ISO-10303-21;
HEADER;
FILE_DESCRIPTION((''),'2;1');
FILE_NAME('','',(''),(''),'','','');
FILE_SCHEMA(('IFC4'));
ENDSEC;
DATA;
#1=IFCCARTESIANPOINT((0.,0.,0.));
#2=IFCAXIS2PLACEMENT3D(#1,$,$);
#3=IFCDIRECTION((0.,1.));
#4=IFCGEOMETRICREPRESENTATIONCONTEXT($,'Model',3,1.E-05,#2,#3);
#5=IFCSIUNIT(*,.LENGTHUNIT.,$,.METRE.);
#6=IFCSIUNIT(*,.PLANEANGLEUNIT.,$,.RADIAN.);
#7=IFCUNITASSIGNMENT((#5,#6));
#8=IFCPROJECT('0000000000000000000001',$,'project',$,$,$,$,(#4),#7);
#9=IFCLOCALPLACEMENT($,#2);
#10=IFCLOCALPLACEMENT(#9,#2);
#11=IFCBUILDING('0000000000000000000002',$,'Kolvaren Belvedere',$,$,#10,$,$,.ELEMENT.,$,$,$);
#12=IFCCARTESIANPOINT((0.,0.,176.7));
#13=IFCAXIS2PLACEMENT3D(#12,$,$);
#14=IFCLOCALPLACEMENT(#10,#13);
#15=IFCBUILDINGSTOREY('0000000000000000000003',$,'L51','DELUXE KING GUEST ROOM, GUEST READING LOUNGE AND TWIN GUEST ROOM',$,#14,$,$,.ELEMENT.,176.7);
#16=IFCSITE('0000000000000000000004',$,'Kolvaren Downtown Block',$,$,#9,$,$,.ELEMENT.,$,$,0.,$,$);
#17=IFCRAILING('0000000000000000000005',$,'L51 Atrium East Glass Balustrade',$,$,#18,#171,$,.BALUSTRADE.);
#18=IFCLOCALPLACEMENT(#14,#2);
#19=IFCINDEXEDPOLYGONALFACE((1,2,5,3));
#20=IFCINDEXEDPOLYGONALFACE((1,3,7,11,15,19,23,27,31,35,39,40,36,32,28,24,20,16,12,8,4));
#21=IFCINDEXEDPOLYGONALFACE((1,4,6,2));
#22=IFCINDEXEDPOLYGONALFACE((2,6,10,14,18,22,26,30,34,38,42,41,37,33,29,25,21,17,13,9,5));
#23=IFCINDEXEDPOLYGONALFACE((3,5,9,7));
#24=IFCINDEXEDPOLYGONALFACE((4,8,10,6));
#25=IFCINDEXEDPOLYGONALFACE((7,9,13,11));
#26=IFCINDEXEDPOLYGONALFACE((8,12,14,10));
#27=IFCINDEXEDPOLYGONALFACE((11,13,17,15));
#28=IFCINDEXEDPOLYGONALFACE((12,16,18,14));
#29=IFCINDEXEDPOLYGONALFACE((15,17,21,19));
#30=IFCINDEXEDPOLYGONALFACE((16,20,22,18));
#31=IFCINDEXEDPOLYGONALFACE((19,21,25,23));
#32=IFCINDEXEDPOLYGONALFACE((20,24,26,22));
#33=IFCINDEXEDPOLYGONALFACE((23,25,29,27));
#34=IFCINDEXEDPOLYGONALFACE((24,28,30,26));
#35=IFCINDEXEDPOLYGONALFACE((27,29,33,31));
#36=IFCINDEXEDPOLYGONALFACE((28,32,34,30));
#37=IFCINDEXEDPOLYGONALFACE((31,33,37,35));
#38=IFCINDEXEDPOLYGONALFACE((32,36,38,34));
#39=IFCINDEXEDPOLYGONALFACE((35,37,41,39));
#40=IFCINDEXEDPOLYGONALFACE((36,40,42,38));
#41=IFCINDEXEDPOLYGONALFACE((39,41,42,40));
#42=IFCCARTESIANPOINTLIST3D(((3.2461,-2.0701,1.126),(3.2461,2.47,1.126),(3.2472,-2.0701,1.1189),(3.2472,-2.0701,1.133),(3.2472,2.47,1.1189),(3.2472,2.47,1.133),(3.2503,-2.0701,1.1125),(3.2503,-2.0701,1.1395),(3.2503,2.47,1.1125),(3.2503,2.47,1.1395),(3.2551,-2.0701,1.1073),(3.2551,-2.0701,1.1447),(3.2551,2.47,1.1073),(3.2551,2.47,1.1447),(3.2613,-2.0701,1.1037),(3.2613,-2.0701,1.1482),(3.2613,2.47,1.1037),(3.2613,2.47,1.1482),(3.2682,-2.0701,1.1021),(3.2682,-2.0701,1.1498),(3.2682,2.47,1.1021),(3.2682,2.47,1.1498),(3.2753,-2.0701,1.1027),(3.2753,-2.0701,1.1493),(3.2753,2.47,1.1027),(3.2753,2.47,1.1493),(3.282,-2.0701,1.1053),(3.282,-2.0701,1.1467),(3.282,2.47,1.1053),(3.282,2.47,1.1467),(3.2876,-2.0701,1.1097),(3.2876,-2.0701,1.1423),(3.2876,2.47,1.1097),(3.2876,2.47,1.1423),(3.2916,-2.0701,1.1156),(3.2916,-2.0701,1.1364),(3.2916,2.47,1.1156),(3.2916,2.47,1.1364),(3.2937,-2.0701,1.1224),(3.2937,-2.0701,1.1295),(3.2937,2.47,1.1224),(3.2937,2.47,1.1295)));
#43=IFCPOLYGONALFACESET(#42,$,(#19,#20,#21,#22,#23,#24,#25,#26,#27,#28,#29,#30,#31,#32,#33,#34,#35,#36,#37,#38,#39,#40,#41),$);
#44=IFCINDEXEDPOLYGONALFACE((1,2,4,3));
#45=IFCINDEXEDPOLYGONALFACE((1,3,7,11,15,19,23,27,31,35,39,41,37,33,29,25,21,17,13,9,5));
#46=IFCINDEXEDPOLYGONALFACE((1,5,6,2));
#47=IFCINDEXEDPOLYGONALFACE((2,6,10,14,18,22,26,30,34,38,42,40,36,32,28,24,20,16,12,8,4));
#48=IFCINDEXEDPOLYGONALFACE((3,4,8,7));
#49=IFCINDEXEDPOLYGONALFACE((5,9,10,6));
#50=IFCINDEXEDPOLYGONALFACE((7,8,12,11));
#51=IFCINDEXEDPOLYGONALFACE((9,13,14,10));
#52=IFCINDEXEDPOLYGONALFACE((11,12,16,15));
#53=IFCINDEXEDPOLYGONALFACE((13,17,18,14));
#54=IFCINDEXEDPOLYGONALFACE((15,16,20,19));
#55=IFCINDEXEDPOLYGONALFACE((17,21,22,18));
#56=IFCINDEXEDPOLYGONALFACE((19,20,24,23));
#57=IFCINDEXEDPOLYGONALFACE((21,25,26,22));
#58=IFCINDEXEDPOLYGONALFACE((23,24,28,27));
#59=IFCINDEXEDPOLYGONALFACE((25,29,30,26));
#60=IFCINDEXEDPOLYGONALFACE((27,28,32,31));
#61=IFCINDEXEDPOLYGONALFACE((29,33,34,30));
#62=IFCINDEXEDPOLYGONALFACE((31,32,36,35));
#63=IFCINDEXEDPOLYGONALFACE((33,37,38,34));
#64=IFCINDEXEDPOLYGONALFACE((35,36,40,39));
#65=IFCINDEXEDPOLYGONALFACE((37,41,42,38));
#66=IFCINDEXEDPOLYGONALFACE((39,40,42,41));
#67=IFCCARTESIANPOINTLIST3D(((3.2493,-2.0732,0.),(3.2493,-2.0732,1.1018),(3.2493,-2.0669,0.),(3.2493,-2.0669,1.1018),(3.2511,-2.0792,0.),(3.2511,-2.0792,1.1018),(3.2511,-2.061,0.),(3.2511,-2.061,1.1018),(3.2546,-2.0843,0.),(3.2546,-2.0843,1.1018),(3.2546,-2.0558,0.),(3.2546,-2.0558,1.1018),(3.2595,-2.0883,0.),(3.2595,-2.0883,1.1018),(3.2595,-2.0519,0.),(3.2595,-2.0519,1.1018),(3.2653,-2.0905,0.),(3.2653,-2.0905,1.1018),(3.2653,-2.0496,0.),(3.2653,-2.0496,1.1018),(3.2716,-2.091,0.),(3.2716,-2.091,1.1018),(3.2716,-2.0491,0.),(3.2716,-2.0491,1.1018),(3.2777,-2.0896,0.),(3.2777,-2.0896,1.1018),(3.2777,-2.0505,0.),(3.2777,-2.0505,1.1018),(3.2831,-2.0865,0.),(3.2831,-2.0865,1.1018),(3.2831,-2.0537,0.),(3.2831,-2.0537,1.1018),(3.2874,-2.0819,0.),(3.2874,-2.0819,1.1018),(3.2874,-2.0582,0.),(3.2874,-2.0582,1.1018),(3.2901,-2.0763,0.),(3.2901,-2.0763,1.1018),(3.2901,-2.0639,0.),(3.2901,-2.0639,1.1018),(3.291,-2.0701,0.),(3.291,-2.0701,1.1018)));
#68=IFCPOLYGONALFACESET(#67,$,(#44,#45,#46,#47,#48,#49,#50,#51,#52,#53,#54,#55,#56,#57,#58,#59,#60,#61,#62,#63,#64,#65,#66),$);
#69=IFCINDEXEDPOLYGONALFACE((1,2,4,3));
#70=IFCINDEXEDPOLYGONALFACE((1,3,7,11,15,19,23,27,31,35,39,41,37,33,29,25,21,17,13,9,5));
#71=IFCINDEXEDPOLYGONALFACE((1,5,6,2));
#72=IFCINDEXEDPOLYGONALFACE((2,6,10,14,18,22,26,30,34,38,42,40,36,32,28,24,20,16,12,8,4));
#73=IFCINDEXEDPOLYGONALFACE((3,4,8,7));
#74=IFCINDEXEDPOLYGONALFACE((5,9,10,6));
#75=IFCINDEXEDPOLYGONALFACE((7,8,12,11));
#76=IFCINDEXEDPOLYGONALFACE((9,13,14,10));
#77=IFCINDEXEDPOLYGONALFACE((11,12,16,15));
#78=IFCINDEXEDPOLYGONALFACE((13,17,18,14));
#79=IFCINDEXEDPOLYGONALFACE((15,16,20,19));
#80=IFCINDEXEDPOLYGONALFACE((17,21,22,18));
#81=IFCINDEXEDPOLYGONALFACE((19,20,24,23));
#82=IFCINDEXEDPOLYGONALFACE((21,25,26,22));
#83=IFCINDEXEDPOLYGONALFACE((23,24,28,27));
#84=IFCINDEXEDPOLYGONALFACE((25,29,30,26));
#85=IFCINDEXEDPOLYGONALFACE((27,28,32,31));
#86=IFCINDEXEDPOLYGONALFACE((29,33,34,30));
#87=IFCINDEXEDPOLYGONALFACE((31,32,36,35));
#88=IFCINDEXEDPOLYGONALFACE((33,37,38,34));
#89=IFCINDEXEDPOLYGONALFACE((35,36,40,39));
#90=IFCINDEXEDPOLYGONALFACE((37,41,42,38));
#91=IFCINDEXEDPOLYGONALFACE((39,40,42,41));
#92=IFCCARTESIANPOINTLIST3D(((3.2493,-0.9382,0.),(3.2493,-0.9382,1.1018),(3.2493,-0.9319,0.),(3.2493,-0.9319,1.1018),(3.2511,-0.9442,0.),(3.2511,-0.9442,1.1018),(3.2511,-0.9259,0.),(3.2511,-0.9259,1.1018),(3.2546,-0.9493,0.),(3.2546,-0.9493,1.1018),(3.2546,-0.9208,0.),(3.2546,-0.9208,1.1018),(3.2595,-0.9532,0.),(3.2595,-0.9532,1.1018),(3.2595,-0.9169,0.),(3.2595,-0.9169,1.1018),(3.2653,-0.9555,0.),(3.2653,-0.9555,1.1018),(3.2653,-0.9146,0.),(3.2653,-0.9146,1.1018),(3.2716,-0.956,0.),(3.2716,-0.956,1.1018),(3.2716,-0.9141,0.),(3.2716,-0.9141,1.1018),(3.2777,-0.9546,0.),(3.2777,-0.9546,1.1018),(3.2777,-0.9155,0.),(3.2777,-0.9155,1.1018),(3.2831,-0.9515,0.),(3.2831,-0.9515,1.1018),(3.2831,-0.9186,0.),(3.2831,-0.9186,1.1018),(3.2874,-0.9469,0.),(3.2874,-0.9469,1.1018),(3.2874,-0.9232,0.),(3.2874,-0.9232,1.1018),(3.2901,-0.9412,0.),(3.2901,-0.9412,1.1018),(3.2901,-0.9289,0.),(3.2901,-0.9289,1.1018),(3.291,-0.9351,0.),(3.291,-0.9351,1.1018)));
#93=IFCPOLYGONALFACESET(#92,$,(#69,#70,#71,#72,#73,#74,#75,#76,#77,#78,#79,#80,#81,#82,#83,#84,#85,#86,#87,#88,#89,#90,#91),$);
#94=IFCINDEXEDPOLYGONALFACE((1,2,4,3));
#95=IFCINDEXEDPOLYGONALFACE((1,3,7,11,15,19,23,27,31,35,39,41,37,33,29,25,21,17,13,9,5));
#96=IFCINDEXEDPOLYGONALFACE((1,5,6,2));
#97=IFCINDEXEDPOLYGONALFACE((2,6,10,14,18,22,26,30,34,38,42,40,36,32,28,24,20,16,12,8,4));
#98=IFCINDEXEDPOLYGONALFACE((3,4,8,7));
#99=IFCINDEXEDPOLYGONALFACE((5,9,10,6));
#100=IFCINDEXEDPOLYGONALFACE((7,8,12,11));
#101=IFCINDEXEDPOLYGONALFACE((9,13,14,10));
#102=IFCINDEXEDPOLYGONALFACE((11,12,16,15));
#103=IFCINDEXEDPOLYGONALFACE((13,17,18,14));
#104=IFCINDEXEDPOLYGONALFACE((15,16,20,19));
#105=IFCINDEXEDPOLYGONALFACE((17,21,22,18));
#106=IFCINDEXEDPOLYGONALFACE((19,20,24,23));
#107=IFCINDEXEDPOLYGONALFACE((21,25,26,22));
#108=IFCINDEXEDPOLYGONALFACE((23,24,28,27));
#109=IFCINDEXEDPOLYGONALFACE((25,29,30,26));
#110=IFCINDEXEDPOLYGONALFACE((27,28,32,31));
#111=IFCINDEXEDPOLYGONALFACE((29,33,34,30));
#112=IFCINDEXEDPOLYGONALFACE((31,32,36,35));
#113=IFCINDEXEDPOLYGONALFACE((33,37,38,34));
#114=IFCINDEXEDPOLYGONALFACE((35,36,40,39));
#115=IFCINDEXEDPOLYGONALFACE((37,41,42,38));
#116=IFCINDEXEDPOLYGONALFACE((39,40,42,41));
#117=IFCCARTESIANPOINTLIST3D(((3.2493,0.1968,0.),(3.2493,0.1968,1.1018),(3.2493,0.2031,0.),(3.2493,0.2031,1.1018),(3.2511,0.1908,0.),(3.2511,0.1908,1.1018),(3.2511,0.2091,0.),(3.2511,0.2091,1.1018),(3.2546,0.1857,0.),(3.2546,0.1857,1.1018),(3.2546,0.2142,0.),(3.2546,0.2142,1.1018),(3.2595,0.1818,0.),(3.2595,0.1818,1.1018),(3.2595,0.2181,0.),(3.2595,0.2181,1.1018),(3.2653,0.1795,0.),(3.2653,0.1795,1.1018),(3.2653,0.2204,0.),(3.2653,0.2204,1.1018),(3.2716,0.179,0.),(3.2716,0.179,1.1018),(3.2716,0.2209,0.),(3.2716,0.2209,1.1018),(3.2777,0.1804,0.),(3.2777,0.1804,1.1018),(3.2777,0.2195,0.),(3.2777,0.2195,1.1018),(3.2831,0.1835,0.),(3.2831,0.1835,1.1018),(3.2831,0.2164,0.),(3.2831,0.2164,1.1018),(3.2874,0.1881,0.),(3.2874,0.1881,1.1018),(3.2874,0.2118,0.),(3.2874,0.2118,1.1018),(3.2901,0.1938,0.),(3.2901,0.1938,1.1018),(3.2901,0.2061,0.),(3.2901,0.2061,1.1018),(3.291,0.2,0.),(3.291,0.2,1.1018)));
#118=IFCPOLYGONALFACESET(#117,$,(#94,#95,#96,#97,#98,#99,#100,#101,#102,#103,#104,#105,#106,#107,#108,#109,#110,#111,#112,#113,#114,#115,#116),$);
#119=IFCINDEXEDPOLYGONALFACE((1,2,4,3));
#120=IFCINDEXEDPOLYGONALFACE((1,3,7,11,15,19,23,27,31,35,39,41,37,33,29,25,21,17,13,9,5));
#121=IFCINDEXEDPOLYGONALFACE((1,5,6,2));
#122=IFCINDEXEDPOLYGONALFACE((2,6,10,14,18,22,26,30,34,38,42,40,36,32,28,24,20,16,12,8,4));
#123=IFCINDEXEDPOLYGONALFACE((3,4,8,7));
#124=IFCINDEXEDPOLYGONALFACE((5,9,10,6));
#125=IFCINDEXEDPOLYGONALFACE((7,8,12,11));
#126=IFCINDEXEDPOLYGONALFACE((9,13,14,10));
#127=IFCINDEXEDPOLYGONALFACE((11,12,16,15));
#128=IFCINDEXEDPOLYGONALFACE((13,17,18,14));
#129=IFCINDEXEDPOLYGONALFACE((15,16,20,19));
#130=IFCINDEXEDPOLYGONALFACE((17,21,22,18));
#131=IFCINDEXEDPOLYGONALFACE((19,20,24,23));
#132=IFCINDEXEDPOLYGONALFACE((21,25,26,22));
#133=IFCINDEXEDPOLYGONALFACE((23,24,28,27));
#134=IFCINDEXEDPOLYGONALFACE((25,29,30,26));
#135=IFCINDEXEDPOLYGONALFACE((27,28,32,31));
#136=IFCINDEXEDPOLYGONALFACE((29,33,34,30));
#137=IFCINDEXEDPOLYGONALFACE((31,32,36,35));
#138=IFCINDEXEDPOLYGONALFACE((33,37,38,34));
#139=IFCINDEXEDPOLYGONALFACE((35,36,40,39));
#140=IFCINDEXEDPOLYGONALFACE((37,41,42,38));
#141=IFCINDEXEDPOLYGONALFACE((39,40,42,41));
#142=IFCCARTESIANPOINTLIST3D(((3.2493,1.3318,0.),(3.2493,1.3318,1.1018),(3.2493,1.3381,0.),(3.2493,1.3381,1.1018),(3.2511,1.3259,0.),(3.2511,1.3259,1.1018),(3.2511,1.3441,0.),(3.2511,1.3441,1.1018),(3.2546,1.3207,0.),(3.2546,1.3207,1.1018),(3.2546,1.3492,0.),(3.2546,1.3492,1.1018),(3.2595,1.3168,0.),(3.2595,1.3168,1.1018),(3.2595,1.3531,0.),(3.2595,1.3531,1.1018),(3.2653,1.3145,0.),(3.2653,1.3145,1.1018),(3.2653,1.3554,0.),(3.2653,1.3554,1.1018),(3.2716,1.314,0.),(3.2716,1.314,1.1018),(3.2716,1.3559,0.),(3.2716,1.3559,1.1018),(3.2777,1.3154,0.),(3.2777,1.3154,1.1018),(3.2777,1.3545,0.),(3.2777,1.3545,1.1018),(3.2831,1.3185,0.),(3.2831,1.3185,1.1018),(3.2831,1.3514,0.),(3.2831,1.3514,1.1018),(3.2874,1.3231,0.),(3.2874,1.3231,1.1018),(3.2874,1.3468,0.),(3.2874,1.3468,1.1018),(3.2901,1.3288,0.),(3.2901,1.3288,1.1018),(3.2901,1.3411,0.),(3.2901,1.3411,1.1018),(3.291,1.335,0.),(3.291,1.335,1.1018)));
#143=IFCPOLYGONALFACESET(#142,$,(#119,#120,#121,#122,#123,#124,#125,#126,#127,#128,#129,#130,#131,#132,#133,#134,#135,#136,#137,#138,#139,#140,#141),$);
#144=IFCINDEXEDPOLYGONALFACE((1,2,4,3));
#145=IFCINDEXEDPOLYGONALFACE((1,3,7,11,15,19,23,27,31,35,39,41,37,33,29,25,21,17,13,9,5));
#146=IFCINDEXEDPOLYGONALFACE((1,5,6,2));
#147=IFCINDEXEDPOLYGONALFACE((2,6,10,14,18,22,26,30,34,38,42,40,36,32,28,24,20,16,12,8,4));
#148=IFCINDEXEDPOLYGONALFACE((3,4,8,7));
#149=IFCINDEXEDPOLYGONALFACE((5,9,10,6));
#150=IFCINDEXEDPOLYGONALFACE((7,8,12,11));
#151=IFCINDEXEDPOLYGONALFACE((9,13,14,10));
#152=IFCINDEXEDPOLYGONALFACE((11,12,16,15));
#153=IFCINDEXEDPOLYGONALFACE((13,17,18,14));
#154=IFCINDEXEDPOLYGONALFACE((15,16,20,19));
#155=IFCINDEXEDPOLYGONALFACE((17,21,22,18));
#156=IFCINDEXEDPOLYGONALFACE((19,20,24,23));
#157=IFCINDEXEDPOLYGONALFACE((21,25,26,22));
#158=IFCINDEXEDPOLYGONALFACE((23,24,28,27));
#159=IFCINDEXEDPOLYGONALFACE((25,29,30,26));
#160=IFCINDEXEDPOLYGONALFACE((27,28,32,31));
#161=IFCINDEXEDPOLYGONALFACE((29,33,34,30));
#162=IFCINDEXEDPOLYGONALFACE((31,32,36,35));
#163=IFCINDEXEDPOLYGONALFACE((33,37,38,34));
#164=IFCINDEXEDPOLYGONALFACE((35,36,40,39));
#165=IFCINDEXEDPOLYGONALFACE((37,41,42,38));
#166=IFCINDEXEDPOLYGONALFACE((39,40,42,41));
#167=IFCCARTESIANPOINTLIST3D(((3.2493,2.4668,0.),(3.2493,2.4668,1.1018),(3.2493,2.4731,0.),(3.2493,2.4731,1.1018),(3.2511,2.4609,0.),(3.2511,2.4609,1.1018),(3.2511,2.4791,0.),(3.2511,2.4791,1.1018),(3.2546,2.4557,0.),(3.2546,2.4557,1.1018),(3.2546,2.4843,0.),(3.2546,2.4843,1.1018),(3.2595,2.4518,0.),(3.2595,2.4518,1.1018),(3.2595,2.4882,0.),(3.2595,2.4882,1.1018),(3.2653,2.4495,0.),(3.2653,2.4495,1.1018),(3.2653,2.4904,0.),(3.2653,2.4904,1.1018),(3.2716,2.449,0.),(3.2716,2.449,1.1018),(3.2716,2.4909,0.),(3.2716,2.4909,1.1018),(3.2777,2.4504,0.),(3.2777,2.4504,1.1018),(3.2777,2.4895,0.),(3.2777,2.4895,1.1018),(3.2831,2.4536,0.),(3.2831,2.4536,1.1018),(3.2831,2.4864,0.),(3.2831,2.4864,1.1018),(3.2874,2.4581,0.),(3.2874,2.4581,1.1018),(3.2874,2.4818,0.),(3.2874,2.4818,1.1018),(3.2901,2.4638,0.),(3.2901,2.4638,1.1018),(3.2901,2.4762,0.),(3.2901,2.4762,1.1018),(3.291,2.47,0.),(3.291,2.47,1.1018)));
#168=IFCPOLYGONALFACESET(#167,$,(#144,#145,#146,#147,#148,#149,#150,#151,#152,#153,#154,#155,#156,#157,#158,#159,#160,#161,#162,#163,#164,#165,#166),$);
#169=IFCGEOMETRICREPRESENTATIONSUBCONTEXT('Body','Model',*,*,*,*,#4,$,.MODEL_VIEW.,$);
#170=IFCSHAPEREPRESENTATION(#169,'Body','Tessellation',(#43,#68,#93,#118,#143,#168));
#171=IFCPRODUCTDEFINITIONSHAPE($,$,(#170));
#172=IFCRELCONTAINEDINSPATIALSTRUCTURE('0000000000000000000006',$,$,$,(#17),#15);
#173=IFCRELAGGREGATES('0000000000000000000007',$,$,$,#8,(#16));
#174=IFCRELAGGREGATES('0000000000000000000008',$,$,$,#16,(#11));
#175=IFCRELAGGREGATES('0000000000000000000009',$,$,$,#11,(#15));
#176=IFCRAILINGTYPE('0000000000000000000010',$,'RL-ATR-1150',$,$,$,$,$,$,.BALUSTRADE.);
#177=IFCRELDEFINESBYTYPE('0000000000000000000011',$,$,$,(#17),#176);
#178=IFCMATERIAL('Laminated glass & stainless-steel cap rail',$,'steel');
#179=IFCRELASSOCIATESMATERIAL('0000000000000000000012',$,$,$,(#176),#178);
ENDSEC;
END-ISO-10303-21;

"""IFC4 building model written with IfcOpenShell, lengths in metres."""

from ifc_helpers import new_model, si_unit, direction, frame, origin, origin_2d, place, context, subcontext, project, spatial, circle, extrude, material, type_object, element, save


model = new_model("IFC4")

# Units and contexts
model_context = context("Model", 3, precision=1e-05, world=origin(), true_north=direction((0.0, 1.0)))
body_context = subcontext(model_context, "Body", "Model", "MODEL_VIEW")
ifc_project = project(units=[si_unit("LENGTHUNIT", "METRE"), si_unit("PLANEANGLEUNIT", "RADIAN")], contexts=[model_context])

# Site, building, storey
site_placement = place(None, origin())
site = spatial("IfcSite", under=ifc_project, at=site_placement, Name="Kolvaren Downtown Block", CompositionType="ELEMENT", RefElevation=0.0)
building_placement = place(site_placement, origin())
building = spatial("IfcBuilding", under=site, at=building_placement, Name="Kolvaren Belvedere", CompositionType="ELEMENT")
storey_placement = place(building_placement, frame((0.0, 0.0, 176.7)))
storey = spatial("IfcBuildingStorey", under=building, at=storey_placement, Name="L51", Description="DELUXE KING GUEST ROOM, GUEST READING LOUNGE AND TWIN GUEST ROOM", CompositionType="ELEMENT", Elevation=176.7)

# Railing
ifc_material_1 = material(Name="Laminated glass & stainless-steel cap rail", Category="steel")
railing_type_1 = type_object("IfcRailingType", Name="RL-ATR-1150", PredefinedType="BALUSTRADE", material=ifc_material_1)
railing_1_placement = place(storey_placement, frame((3.27, -2.0701, 0.0)))
element("IfcRailing", 1, at=railing_1_placement, inside=storey, type_object=railing_type_1, Name="L51 Atrium East Glass Balustrade", PredefinedType="BALUSTRADE", context=body_context, shape_type="SweptSolid", body=[
    extrude(circle(Radius=0.0239, at=origin_2d()), frame((0.0, 0.0, 1.126), z_axis=(0.0, 1.0, 0.0), x_axis=(-1.0, 0.0, 0.0)), (0.0, 0.0, 1.0), 4.54),
    extrude(circle(Radius=0.021, at=origin_2d()), origin(), (0.0, 0.0, 1.0), 1.1018),
    extrude(circle(Radius=0.021, at=origin_2d()), frame((0.0, 1.135, 0.0)), (0.0, 0.0, 1.0), 1.1018),
    extrude(circle(Radius=0.021, at=origin_2d()), frame((0.0, 2.27, 0.0)), (0.0, 0.0, 1.0), 1.1018),
    extrude(circle(Radius=0.021, at=origin_2d()), frame((0.0, 3.405, 0.0)), (0.0, 0.0, 1.0), 1.1018),
    extrude(circle(Radius=0.021, at=origin_2d()), frame((0.0, 4.54, 0.0)), (0.0, 0.0, 1.0), 1.1018),
])

save(model, "model.ifc")
